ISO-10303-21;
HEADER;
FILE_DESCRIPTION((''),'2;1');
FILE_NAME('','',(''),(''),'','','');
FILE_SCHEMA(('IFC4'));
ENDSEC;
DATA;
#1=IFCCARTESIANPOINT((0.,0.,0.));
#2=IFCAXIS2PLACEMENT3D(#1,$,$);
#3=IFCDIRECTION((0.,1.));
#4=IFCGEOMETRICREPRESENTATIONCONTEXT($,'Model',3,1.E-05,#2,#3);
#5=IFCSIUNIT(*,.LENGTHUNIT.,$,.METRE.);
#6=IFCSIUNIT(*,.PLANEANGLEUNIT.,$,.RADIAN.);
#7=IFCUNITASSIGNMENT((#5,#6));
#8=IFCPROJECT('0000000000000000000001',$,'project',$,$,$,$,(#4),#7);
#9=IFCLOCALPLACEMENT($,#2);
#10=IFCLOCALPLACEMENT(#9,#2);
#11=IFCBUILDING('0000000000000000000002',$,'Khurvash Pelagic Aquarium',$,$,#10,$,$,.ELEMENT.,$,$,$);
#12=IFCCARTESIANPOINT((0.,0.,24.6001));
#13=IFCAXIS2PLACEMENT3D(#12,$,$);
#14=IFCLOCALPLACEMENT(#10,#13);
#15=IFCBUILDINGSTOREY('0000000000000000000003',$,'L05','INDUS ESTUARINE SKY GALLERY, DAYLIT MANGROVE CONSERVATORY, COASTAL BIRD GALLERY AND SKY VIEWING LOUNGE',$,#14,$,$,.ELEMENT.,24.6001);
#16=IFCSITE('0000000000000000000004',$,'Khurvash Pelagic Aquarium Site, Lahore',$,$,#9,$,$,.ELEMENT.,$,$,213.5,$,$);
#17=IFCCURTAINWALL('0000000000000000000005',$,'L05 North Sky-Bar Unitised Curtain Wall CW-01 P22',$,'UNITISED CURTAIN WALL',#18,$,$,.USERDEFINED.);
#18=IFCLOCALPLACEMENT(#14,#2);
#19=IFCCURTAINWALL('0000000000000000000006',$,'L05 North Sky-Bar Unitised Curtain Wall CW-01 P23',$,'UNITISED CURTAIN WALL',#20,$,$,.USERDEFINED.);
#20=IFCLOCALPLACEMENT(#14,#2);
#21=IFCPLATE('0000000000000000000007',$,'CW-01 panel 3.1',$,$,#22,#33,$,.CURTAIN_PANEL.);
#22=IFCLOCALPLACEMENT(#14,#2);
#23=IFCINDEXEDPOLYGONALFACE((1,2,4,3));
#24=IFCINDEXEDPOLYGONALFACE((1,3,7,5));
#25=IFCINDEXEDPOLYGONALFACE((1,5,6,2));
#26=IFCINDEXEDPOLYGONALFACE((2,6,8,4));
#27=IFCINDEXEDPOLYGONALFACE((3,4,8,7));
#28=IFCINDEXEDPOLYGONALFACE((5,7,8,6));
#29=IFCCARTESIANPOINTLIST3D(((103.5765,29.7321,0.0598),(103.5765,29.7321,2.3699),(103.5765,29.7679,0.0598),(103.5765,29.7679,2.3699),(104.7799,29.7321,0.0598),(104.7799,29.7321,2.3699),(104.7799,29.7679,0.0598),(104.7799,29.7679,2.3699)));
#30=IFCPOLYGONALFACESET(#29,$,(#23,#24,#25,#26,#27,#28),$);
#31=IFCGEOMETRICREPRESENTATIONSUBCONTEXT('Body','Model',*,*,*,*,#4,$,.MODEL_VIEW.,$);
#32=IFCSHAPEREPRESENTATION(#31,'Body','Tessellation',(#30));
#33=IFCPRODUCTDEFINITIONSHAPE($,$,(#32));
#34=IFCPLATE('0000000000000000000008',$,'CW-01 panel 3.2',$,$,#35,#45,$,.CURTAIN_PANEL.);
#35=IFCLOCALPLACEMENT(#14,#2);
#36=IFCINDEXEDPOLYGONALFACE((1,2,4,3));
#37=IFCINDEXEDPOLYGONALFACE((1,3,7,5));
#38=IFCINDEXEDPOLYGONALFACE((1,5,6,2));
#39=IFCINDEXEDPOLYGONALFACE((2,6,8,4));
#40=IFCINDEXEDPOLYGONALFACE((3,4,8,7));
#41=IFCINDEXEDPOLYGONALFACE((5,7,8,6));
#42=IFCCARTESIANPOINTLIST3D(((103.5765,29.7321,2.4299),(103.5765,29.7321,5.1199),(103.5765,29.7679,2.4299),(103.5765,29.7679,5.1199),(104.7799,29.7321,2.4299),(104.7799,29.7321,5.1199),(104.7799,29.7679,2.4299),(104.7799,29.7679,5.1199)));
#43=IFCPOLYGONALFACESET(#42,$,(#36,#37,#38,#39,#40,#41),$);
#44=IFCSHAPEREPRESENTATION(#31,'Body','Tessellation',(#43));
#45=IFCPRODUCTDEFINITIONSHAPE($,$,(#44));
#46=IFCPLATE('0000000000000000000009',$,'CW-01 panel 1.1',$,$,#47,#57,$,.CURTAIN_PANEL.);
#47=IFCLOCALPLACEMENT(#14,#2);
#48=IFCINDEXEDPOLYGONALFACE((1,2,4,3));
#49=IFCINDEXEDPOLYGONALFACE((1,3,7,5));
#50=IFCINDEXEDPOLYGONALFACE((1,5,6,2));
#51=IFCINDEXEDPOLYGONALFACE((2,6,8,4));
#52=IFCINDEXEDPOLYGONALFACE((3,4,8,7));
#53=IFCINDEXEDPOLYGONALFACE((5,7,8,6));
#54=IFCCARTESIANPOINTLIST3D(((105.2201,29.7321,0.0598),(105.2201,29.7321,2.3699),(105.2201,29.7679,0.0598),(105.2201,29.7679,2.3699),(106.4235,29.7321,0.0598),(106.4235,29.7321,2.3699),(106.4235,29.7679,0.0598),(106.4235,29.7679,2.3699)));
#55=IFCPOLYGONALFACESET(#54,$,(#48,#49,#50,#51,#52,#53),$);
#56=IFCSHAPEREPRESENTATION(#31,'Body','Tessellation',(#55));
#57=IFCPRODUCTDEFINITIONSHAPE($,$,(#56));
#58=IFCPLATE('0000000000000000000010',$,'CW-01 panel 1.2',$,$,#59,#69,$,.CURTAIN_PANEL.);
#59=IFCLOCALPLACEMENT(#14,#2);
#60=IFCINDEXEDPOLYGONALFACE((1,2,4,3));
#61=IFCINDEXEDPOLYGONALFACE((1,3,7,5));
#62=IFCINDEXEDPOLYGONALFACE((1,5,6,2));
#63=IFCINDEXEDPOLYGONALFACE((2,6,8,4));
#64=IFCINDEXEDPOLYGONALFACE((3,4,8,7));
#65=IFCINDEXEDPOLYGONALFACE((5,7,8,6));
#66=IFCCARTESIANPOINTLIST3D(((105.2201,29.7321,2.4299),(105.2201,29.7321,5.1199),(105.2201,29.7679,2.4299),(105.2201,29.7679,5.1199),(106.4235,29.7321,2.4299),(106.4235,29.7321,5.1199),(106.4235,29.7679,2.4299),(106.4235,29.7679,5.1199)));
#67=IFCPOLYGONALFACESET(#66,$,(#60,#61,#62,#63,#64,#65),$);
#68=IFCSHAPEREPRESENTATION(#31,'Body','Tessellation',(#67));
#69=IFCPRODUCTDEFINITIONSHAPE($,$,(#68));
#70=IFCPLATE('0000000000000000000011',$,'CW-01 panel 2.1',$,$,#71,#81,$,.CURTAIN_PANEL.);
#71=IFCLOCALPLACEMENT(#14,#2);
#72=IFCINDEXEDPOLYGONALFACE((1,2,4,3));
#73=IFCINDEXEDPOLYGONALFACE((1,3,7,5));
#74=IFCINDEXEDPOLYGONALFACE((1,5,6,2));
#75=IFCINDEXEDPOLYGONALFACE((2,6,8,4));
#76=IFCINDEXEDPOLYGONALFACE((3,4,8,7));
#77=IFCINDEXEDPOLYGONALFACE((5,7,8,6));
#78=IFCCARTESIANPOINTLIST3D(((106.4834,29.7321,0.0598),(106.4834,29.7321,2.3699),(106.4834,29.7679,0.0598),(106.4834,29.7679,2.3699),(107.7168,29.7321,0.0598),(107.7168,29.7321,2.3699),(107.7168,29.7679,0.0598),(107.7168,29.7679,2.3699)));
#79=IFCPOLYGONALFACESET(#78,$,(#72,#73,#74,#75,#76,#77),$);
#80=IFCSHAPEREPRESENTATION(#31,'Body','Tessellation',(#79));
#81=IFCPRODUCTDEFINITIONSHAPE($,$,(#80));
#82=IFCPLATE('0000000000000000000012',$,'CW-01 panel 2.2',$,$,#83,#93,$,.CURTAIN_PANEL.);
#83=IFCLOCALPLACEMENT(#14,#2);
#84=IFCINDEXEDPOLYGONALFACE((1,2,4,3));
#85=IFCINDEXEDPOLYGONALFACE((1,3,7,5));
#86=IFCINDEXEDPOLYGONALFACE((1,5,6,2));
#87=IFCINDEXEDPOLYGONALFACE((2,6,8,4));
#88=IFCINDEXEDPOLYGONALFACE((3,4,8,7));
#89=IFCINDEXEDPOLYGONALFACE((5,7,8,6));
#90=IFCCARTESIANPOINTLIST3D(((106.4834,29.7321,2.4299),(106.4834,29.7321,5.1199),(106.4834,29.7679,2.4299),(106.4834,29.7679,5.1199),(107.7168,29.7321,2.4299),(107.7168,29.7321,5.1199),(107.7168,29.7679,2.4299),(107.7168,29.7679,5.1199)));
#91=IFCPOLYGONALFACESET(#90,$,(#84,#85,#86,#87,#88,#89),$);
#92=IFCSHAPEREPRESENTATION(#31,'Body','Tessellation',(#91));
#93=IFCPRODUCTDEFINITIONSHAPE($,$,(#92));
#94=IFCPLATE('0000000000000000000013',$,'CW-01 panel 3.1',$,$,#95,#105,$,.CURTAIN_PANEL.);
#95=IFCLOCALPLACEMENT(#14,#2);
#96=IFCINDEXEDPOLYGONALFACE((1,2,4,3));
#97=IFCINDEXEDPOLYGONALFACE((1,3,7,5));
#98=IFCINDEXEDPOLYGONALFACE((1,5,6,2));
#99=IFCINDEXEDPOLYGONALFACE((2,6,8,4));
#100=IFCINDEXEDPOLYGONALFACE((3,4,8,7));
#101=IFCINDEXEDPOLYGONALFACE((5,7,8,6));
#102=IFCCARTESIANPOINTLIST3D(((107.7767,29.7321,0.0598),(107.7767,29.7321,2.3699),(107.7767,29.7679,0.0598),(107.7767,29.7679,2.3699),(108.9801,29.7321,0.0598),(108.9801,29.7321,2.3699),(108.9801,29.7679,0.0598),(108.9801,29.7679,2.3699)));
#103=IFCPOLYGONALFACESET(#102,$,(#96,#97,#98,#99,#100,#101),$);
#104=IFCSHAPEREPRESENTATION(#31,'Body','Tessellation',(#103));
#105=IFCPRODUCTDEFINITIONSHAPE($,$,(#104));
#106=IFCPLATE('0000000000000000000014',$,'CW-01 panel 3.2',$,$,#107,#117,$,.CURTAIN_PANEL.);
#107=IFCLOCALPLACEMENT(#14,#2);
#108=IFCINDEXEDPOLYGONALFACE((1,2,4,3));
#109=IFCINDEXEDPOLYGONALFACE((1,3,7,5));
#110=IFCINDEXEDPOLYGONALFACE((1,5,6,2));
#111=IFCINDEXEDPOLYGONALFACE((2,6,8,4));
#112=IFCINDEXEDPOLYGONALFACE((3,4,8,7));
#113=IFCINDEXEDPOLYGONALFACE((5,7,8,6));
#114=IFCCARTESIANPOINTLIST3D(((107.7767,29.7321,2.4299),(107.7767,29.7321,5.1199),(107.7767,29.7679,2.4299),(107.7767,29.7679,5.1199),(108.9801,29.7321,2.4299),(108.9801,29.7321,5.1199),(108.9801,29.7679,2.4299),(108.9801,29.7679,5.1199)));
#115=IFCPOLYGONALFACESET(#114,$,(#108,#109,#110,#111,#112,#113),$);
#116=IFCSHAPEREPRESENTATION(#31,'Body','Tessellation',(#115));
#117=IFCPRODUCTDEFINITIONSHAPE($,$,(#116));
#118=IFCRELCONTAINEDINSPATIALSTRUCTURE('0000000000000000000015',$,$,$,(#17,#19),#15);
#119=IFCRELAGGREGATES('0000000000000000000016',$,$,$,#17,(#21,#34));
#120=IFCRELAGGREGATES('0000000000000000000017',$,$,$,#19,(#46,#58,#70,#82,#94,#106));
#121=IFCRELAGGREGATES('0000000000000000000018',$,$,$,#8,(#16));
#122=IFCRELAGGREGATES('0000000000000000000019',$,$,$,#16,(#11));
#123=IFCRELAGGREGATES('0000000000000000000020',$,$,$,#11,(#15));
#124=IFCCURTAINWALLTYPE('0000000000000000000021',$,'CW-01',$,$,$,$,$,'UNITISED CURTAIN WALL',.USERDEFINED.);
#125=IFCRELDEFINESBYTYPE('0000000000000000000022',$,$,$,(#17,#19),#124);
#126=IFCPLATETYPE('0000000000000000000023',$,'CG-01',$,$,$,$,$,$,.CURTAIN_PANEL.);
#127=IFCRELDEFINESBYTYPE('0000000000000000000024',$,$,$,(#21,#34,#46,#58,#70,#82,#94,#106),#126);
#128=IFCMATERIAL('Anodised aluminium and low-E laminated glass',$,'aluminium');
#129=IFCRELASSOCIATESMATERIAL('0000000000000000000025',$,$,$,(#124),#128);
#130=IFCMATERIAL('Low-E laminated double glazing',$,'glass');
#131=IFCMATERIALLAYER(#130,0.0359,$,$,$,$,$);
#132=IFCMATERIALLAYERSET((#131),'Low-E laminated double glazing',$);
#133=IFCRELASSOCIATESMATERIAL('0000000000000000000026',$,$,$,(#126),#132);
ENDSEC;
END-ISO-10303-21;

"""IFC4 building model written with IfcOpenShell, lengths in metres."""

from ifc_helpers import new_model, si_unit, direction, frame, origin, origin_2d, place, context, subcontext, project, spatial, rectangle, extrude, material, layer, layer_set, type_object, element, aggregate, save


model = new_model("IFC4")

# Units and contexts
model_context = context("Model", 3, precision=1e-05, world=origin(), true_north=direction((0.0, 1.0)))
body_context = subcontext(model_context, "Body", "Model", "MODEL_VIEW")
ifc_project = project(units=[si_unit("LENGTHUNIT", "METRE"), si_unit("PLANEANGLEUNIT", "RADIAN")], contexts=[model_context])

# Site, building, storey
site_placement = place(None, origin())
site = spatial("IfcSite", under=ifc_project, at=site_placement, Name="Khurvash Pelagic Aquarium Site, Lahore", CompositionType="ELEMENT", RefElevation=213.5)
building_placement = place(site_placement, origin())
building = spatial("IfcBuilding", under=site, at=building_placement, Name="Khurvash Pelagic Aquarium", CompositionType="ELEMENT")
storey_placement = place(building_placement, frame((0.0, 0.0, 24.6001)))
storey = spatial("IfcBuildingStorey", under=building, at=storey_placement, Name="L05", Description="INDUS ESTUARINE SKY GALLERY, DAYLIT MANGROVE CONSERVATORY, COASTAL BIRD GALLERY AND SKY VIEWING LOUNGE", CompositionType="ELEMENT", Elevation=24.6001)

# Curtain wall
ifc_material_1 = material(Name="Anodised aluminium and low-E laminated glass", Category="aluminium")
curtain_wall_type = type_object("IfcCurtainWallType", Name="CW-01", ElementType="UNITISED CURTAIN WALL", PredefinedType="USERDEFINED", material=ifc_material_1)
curtain_wall_1_placement = place(storey_placement, origin())
curtain_wall_1 = element("IfcCurtainWall", 1, at=curtain_wall_1_placement, inside=storey, type_object=curtain_wall_type, Name="L05 North Sky-Bar Unitised Curtain Wall CW-01 P22", ObjectType="UNITISED CURTAIN WALL", PredefinedType="USERDEFINED")

# Curtain wall
curtain_wall_2_placement = place(storey_placement, origin())
curtain_wall_2 = element("IfcCurtainWall", 2, at=curtain_wall_2_placement, inside=storey, type_object=curtain_wall_type, Name="L05 North Sky-Bar Unitised Curtain Wall CW-01 P23", ObjectType="UNITISED CURTAIN WALL", PredefinedType="USERDEFINED")

# Plates
ifc_material_2 = material(Name="Low-E laminated double glazing", Category="glass")
ifc_layer = layer(ifc_material_2, 0.0359)
ifc_layer_set = layer_set([ifc_layer], Name="Low-E laminated double glazing")
plate_type = type_object("IfcPlateType", Name="CG-01", PredefinedType="CURTAIN_PANEL", material=ifc_layer_set)
plate_1_placement = place(storey_placement, frame((104.1782, 29.75, 0.0598), z_axis=(0.0, 0.0, 1.0), x_axis=(1.0, 0.0, 0.0)))
plate_1 = element("IfcPlate", 3, at=plate_1_placement, type_object=plate_type, Name="CW-01 panel 3.1", PredefinedType="CURTAIN_PANEL", context=body_context, shape_type="SweptSolid", body=[
    extrude(rectangle(XDim=1.2034, YDim=0.0359, at=origin_2d()), origin(), (0.0, 0.0, 1.0), 2.3101),
])
plate_2_placement = place(storey_placement, frame((104.1782, 29.75, 2.4299), z_axis=(0.0, 0.0, 1.0), x_axis=(1.0, 0.0, 0.0)))
plate_2 = element("IfcPlate", 4, at=plate_2_placement, type_object=plate_type, Name="CW-01 panel 3.2", PredefinedType="CURTAIN_PANEL", context=body_context, shape_type="SweptSolid", body=[
    extrude(rectangle(XDim=1.2034, YDim=0.0359, at=origin_2d()), origin(), (0.0, 0.0, 1.0), 2.6899),
])
aggregate(curtain_wall_1, [plate_1, plate_2])
plate_3_placement = place(storey_placement, frame((105.8218, 29.75, 0.0598), z_axis=(0.0, 0.0, 1.0), x_axis=(1.0, 0.0, 0.0)))
plate_3 = element("IfcPlate", 5, at=plate_3_placement, type_object=plate_type, Name="CW-01 panel 1.1", PredefinedType="CURTAIN_PANEL", context=body_context, shape_type="SweptSolid", body=[
    extrude(rectangle(XDim=1.2034, YDim=0.0359, at=origin_2d()), origin(), (0.0, 0.0, 1.0), 2.3101),
])
plate_4_placement = place(storey_placement, frame((105.8218, 29.75, 2.4299), z_axis=(0.0, 0.0, 1.0), x_axis=(1.0, 0.0, 0.0)))
plate_4 = element("IfcPlate", 6, at=plate_4_placement, type_object=plate_type, Name="CW-01 panel 1.2", PredefinedType="CURTAIN_PANEL", context=body_context, shape_type="SweptSolid", body=[
    extrude(rectangle(XDim=1.2034, YDim=0.0359, at=origin_2d()), origin(), (0.0, 0.0, 1.0), 2.6899),
])
plate_5_placement = place(storey_placement, frame((107.1001, 29.75, 0.0598), z_axis=(0.0, 0.0, 1.0), x_axis=(1.0, 0.0, 0.0)))
plate_5 = element("IfcPlate", 7, at=plate_5_placement, type_object=plate_type, Name="CW-01 panel 2.1", PredefinedType="CURTAIN_PANEL", context=body_context, shape_type="SweptSolid", body=[
    extrude(rectangle(XDim=1.2334, YDim=0.0359, at=origin_2d()), origin(), (0.0, 0.0, 1.0), 2.3101),
])
plate_6_placement = place(storey_placement, frame((107.1001, 29.75, 2.4299), z_axis=(0.0, 0.0, 1.0), x_axis=(1.0, 0.0, 0.0)))
plate_6 = element("IfcPlate", 8, at=plate_6_placement, type_object=plate_type, Name="CW-01 panel 2.2", PredefinedType="CURTAIN_PANEL", context=body_context, shape_type="SweptSolid", body=[
    extrude(rectangle(XDim=1.2334, YDim=0.0359, at=origin_2d()), origin(), (0.0, 0.0, 1.0), 2.6899),
])
plate_7_placement = place(storey_placement, frame((108.3784, 29.75, 0.0598), z_axis=(0.0, 0.0, 1.0), x_axis=(1.0, 0.0, 0.0)))
plate_7 = element("IfcPlate", 9, at=plate_7_placement, type_object=plate_type, Name="CW-01 panel 3.1", PredefinedType="CURTAIN_PANEL", context=body_context, shape_type="SweptSolid", body=[
    extrude(rectangle(XDim=1.2034, YDim=0.0359, at=origin_2d()), origin(), (0.0, 0.0, 1.0), 2.3101),
])
plate_8_placement = place(storey_placement, frame((108.3784, 29.75, 2.4299), z_axis=(0.0, 0.0, 1.0), x_axis=(1.0, 0.0, 0.0)))
plate_8 = element("IfcPlate", 10, at=plate_8_placement, type_object=plate_type, Name="CW-01 panel 3.2", PredefinedType="CURTAIN_PANEL", context=body_context, shape_type="SweptSolid", body=[
    extrude(rectangle(XDim=1.2034, YDim=0.0359, at=origin_2d()), origin(), (0.0, 0.0, 1.0), 2.6899),
])
aggregate(curtain_wall_2, [plate_3, plate_4, plate_5, plate_6, plate_7, plate_8])

save(model, "model.ifc")
